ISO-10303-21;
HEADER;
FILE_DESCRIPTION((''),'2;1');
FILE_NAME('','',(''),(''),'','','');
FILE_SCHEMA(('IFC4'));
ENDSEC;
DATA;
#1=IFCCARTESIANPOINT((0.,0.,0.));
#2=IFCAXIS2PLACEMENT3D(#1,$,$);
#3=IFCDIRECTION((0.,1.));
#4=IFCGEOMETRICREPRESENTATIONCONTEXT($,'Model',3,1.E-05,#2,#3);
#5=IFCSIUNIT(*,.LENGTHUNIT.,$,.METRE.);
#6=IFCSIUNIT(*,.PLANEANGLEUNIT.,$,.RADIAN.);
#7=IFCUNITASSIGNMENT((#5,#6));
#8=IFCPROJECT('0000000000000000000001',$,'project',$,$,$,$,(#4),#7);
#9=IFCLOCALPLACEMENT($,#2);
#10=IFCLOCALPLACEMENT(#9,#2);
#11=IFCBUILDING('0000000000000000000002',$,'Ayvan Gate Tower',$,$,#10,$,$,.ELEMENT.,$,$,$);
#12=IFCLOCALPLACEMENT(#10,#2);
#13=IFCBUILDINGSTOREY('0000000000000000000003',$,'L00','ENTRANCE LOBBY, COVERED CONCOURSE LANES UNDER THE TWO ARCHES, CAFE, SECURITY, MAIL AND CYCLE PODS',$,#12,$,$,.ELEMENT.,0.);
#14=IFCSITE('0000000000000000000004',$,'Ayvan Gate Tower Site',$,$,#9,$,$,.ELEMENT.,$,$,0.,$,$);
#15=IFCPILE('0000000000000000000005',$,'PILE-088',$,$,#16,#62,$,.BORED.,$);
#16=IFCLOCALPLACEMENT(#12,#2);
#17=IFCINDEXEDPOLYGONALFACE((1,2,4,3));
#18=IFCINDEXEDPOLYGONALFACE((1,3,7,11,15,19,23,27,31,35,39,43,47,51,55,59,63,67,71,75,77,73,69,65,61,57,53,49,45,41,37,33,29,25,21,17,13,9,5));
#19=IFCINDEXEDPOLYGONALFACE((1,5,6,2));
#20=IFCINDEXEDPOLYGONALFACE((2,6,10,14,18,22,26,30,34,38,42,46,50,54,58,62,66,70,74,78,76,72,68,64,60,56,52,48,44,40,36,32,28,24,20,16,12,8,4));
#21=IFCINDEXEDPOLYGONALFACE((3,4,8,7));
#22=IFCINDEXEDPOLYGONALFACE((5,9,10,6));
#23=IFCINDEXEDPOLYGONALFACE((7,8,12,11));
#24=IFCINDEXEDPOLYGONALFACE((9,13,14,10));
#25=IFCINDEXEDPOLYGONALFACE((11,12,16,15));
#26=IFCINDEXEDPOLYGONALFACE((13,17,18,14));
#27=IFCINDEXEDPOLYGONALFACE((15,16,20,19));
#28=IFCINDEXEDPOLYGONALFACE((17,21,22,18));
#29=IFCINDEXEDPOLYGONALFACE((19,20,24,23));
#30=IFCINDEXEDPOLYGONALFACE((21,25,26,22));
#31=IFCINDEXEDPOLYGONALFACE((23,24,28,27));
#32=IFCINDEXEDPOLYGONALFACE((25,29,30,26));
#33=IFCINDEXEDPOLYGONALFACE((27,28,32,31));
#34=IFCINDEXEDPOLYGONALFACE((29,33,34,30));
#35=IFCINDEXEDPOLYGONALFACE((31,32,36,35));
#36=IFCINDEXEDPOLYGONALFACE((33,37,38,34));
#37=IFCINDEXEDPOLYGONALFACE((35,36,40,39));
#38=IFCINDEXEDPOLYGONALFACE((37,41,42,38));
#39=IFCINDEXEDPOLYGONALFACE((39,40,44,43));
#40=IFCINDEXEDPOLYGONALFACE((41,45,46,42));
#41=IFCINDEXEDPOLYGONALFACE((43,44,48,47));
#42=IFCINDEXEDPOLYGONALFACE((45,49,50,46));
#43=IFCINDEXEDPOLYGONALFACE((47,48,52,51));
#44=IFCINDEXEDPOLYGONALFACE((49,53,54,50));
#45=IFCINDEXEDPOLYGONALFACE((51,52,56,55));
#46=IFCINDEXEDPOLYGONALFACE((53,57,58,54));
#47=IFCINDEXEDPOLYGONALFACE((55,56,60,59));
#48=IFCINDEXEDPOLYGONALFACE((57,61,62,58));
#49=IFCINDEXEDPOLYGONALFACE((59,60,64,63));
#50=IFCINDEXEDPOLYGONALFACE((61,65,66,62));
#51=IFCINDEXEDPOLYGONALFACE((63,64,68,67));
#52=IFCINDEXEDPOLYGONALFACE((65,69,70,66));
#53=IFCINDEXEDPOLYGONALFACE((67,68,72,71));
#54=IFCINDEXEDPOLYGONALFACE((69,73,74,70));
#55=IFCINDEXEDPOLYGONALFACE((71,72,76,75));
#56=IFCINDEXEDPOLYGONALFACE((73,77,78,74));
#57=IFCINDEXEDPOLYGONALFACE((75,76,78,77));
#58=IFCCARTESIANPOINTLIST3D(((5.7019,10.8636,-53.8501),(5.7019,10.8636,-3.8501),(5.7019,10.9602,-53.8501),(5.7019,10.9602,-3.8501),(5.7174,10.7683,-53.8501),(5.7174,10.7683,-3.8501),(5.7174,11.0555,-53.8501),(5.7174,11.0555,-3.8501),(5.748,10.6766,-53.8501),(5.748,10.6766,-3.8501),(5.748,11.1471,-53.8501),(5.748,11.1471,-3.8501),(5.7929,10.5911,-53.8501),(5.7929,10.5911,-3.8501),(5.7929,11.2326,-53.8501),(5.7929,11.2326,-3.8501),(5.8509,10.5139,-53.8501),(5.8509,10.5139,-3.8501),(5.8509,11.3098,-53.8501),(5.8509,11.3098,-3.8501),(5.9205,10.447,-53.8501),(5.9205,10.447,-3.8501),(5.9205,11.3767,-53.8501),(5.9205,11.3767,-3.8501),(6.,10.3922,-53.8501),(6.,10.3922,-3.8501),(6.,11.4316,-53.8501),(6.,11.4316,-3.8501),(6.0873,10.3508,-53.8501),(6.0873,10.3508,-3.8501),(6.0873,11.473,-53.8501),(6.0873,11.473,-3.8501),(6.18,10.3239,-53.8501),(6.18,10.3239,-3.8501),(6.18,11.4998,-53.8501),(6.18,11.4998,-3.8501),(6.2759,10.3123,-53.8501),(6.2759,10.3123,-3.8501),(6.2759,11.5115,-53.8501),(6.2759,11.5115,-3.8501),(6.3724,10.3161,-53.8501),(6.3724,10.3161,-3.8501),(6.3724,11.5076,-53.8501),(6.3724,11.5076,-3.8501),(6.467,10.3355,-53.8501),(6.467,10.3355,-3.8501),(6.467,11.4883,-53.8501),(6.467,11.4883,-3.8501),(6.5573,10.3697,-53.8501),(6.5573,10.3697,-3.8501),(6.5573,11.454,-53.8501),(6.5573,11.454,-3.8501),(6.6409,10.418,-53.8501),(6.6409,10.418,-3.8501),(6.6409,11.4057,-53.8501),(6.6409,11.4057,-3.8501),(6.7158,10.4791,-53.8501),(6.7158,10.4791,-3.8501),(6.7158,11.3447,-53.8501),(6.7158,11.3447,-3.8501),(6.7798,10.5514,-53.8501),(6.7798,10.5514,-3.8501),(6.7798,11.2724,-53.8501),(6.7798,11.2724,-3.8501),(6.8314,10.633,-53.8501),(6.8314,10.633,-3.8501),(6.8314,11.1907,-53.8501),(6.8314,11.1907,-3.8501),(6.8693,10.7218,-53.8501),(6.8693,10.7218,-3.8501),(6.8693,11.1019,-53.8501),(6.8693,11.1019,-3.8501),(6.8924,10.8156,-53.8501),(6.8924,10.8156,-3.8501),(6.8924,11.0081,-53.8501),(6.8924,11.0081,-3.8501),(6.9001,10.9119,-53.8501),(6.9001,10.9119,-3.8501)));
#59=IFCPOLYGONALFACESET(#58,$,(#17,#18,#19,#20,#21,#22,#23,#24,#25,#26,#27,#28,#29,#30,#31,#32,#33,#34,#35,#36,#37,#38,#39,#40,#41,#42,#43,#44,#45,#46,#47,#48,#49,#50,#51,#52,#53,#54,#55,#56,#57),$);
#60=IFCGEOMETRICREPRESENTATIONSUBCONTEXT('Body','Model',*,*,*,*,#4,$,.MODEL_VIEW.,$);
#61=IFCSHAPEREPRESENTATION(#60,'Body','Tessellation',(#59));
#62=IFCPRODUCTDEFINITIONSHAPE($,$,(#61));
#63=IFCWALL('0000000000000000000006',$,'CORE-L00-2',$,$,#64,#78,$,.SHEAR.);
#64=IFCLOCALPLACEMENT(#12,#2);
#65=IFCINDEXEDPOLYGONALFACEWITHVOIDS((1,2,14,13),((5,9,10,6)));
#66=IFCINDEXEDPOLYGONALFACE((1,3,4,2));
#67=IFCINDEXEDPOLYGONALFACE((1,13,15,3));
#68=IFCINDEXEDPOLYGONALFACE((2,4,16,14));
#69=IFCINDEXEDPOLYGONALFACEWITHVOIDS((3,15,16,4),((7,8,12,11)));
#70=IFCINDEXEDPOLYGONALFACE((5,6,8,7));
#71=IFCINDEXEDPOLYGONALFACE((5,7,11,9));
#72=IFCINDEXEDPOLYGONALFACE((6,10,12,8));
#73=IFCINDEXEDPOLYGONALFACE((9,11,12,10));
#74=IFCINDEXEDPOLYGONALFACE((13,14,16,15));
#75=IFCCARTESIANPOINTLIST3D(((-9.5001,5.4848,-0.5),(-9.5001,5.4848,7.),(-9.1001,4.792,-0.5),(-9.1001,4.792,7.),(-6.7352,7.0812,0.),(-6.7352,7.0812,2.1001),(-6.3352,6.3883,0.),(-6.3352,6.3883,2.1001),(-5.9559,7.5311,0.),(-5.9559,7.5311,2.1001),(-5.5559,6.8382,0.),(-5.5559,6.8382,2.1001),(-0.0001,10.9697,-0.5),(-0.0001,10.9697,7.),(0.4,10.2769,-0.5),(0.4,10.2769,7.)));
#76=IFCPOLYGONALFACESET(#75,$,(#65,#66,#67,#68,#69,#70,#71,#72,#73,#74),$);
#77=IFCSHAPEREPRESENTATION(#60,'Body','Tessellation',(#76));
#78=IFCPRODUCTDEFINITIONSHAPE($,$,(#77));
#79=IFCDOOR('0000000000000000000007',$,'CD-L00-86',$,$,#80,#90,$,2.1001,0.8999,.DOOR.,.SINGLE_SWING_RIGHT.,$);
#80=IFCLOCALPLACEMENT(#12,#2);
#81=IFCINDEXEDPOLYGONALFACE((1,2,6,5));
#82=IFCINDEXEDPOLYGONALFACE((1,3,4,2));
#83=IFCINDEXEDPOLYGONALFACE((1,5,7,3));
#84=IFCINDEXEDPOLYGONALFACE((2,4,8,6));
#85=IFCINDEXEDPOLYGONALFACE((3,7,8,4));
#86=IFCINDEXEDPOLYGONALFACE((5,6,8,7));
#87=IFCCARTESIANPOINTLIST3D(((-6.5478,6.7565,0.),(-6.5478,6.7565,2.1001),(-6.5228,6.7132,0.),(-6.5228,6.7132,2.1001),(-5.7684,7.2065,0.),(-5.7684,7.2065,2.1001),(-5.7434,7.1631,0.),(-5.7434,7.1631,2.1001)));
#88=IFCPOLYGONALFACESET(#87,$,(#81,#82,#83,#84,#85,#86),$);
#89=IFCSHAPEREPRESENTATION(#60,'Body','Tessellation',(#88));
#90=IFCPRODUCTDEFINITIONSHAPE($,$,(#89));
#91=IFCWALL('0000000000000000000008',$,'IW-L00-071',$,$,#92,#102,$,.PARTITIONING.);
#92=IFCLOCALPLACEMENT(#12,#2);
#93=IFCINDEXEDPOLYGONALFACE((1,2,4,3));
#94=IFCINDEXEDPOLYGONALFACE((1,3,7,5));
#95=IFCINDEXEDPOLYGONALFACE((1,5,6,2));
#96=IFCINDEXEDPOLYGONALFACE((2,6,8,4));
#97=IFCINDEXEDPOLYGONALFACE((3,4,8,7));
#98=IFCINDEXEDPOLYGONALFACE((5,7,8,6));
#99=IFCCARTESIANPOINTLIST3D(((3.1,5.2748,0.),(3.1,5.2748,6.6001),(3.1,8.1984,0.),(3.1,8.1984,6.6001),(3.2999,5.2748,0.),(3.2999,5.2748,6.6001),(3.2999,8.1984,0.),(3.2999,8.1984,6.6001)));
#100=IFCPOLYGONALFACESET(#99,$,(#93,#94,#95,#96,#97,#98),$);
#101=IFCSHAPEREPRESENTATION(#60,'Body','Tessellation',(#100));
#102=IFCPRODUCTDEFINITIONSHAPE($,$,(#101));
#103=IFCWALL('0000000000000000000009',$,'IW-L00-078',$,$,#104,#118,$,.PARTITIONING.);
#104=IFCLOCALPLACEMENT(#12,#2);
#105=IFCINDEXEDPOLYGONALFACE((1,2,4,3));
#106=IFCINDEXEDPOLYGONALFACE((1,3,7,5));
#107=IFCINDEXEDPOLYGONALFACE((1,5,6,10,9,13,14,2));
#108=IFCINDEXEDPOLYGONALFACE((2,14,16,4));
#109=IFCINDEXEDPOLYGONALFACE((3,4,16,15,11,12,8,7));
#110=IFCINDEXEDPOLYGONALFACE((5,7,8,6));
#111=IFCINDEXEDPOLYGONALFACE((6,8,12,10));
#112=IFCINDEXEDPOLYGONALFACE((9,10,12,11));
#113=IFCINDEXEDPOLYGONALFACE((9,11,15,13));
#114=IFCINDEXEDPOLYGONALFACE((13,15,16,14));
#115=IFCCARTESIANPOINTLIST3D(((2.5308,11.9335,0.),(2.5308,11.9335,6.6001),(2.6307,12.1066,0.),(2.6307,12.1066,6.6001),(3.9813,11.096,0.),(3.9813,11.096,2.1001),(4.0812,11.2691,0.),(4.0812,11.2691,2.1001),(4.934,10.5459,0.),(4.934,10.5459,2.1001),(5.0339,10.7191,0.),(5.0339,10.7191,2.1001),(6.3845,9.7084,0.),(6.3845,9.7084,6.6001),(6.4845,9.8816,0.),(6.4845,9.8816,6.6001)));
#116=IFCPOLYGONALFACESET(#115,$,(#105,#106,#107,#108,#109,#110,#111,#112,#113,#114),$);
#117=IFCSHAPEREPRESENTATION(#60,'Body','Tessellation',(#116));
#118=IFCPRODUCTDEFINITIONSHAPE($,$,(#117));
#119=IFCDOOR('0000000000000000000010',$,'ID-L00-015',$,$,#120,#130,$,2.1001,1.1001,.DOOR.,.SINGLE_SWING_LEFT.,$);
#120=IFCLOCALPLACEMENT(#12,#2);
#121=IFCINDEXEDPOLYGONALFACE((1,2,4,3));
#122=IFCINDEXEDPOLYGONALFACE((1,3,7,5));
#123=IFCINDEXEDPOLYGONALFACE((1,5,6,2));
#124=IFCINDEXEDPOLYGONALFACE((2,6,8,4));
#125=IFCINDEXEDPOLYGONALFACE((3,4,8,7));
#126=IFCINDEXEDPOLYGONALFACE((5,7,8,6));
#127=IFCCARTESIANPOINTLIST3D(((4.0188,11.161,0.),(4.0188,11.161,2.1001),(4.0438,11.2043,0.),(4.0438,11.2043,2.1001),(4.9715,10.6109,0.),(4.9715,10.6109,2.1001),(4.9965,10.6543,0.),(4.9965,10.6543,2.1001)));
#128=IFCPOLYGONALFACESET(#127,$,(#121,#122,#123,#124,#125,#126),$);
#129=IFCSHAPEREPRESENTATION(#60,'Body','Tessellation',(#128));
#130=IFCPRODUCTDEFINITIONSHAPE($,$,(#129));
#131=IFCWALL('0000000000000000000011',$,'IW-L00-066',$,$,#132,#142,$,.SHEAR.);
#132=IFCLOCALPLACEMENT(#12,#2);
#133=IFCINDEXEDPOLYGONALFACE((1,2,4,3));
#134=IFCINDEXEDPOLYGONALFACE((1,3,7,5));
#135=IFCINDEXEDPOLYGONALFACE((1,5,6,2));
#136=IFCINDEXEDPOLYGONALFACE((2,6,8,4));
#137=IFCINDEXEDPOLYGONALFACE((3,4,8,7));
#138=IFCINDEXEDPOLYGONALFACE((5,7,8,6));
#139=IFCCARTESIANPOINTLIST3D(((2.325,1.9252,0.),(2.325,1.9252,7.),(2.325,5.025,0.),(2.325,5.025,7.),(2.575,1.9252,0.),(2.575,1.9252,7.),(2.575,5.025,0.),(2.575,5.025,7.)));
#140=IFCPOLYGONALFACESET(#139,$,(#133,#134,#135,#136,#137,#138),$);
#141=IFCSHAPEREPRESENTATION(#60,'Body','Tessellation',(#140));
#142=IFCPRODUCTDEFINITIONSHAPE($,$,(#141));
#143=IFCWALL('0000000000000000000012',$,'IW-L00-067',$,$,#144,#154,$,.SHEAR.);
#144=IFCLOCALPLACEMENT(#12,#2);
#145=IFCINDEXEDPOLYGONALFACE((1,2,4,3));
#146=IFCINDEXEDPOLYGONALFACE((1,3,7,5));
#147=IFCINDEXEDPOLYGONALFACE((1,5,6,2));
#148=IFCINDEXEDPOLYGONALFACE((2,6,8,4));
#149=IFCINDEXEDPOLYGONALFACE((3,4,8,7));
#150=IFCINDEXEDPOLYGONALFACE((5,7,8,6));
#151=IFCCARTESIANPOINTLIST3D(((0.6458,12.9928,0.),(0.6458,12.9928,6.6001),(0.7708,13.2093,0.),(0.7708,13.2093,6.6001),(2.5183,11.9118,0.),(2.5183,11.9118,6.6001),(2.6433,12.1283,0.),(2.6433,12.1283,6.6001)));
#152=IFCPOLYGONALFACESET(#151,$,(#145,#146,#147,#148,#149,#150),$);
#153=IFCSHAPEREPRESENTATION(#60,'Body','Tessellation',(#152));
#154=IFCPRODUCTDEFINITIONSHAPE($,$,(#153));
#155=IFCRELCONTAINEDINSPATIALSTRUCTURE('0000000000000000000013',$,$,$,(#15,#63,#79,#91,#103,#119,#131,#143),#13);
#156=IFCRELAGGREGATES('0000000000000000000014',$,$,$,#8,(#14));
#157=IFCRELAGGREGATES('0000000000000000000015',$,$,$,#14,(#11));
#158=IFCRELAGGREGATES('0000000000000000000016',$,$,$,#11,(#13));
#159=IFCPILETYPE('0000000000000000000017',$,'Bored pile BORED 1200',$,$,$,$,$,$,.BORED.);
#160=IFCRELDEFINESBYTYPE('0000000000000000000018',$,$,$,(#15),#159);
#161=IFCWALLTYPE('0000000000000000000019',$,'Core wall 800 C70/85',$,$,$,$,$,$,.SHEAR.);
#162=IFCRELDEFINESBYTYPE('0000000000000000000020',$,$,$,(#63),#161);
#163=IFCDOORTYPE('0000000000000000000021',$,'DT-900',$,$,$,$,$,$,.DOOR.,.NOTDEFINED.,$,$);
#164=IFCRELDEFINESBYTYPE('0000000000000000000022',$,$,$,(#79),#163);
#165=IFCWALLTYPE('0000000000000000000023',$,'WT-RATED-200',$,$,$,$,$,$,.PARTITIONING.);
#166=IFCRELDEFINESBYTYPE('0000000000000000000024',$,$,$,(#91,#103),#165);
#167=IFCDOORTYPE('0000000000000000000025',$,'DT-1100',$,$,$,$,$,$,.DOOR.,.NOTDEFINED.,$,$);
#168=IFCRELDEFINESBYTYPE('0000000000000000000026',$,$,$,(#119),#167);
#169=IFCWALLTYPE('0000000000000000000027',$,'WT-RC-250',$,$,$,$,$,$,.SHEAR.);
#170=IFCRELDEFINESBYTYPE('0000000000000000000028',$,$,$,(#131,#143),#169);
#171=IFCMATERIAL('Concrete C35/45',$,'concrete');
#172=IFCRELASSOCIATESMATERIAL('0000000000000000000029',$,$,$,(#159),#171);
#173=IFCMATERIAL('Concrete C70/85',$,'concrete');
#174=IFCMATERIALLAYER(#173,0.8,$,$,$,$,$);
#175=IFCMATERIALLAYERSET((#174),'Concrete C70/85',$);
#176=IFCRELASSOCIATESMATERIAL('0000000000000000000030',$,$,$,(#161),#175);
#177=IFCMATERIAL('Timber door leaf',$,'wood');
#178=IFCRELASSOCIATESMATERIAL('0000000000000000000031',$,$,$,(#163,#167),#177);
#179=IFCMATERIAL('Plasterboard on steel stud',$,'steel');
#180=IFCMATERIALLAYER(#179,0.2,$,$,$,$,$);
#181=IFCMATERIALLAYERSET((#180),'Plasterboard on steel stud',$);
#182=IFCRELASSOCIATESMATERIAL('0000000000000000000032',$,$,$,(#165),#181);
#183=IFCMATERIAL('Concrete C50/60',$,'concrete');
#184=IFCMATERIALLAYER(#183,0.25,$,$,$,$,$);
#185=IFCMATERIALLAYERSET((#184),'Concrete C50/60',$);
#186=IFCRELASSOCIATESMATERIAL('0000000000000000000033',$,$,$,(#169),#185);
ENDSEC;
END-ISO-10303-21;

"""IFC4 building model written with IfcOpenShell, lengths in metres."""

from ifc_helpers import new_model, si_unit, direction, frame, frame_2d, origin, origin_2d, place, context, subcontext, project, spatial, rectangle, circle, extrude, material, layer, layer_set, material_profile, profile_set, type_object, element, fill, save


model = new_model("IFC4")

# Units and contexts
model_context = context("Model", 3, precision=1e-05, world=origin(), true_north=direction((0.0, 1.0)))
body_context = subcontext(model_context, "Body", "Model", "MODEL_VIEW")
ifc_project = project(units=[si_unit("LENGTHUNIT", "METRE"), si_unit("PLANEANGLEUNIT", "RADIAN")], contexts=[model_context])

# Site, building, storey
site_placement = place(None, origin())
site = spatial("IfcSite", under=ifc_project, at=site_placement, Name="Ayvan Gate Tower Site", CompositionType="ELEMENT", RefElevation=0.0)
building_placement = place(site_placement, origin())
building = spatial("IfcBuilding", under=site, at=building_placement, Name="Ayvan Gate Tower", CompositionType="ELEMENT")
storey_placement = place(building_placement, origin())
storey = spatial("IfcBuildingStorey", under=building, at=storey_placement, Name="L00", Description="ENTRANCE LOBBY, COVERED CONCOURSE LANES UNDER THE TWO ARCHES, CAFE, SECURITY, MAIL AND CYCLE PODS", CompositionType="ELEMENT", Elevation=0.0)

# Pile
ifc_material_1 = material(Name="Concrete C35/45", Category="concrete")
ifc_material_profile = material_profile(ifc_material_1, circle(Radius=0.6001, at=origin_2d()), Name="BORED 1200")
ifc_profile_set = profile_set([ifc_material_profile], Name="Concrete C35/45")
pile_type = type_object("IfcPileType", Name="Bored pile BORED 1200", PredefinedType="BORED", material=ifc_profile_set)
for number, where, z_axis, x_axis, name in (
    (1, (6.3, 10.9119, -3.8501), (0.0, 0.0, -1.0), (1.0, 0.0, 0.0), "PILE-088"),
):
    element("IfcPile", number, at=place(storey_placement, frame(where, z_axis=z_axis, x_axis=x_axis)), inside=storey, type_object=pile_type, Name=name, PredefinedType="BORED", context=body_context, shape_type="SweptSolid", body=[
        extrude(circle(Radius=0.6001, at=origin_2d()), origin(), (0.0, 0.0, 1.0), 50.0),
    ])

# Wall, opening, door
ifc_material_2 = material(Name="Concrete C70/85", Category="concrete")
ifc_layer_1 = layer(ifc_material_2, 0.8)
ifc_layer_set_1 = layer_set([ifc_layer_1], Name="Concrete C70/85")
wall_type_1 = type_object("IfcWallType", Name="Core wall 800 C70/85", PredefinedType="SHEAR", material=ifc_layer_set_1)
wall_1_placement = place(storey_placement, frame((0.2, 10.6233, -0.5), z_axis=(0.0, 0.0, 1.0), x_axis=(-0.866024, -0.500002, 0.0)))
wall_1 = element("IfcWall", 2, at=wall_1_placement, inside=storey, type_object=wall_type_1, Name="CORE-L00-2", PredefinedType="SHEAR", context=body_context, shape_type="SweptSolid", body=[
    extrude(rectangle(XDim=10.9697, YDim=0.8, at=frame_2d((5.4849, 0.0))), origin(), (0.0, 0.0, 1.0), 7.5),
])
opening_1_placement = place(wall_1_placement, frame((6.8772, 0.0, 0.5)))
opening_1 = element("IfcOpeningElement", 3, at=opening_1_placement, cuts=wall_1, PredefinedType="OPENING", context=body_context, shape_type="SweptSolid", body=[
    extrude(rectangle(XDim=0.8999, YDim=2.1001, at=frame_2d((0.45, 1.05))), frame((0.0, 0.4099, 0.0), z_axis=(0.0, -1.0, 0.0), x_axis=(1.0, 0.0, 0.0)), (0.0, 0.0, 1.0), 0.8201),
])
ifc_material_3 = material(Name="Timber door leaf", Category="wood")
door_type_1 = type_object("IfcDoorType", Name="DT-900", OperationType="NOTDEFINED", PredefinedType="DOOR", material=ifc_material_3)
door_1_placement = place(opening_1_placement, origin())
door_1 = element("IfcDoor", 4, at=door_1_placement, inside=storey, type_object=door_type_1, Name="CD-L00-86", OperationType="SINGLE_SWING_RIGHT", OverallHeight=2.1001, OverallWidth=0.8999, PredefinedType="DOOR", context=body_context, shape_type="SweptSolid", body=[
    extrude(rectangle(XDim=0.8999, YDim=2.1001, at=frame_2d((0.45, 1.05))), frame((0.0, 0.0249, 0.0), z_axis=(0.0, -1.0, 0.0), x_axis=(1.0, 0.0, 0.0)), (0.0, 0.0, 1.0), 0.05),
])
fill(opening_1, door_1)

# Wall
ifc_material_4 = material(Name="Plasterboard on steel stud", Category="steel")
ifc_layer_2 = layer(ifc_material_4, 0.2)
ifc_layer_set_2 = layer_set([ifc_layer_2], Name="Plasterboard on steel stud")
wall_type_2 = type_object("IfcWallType", Name="WT-RATED-200", PredefinedType="PARTITIONING", material=ifc_layer_set_2)
wall_2_placement = place(storey_placement, frame((3.2, 8.1985, 0.0), z_axis=(0.0, 0.0, 1.0), x_axis=(0.0, -1.0, 0.0)))
element("IfcWall", 5, at=wall_2_placement, inside=storey, type_object=wall_type_2, Name="IW-L00-071", PredefinedType="PARTITIONING", context=body_context, shape_type="SweptSolid", body=[
    extrude(rectangle(XDim=2.9236, YDim=0.2, at=frame_2d((1.4619, 0.0))), origin(), (0.0, 0.0, 1.0), 6.6001),
])

# Wall, opening, door
wall_3_placement = place(storey_placement, frame((6.4346, 9.7949, 0.0), z_axis=(0.0, 0.0, 1.0), x_axis=(-0.866013, 0.500022, 0.0)))
wall_3 = element("IfcWall", 6, at=wall_3_placement, inside=storey, type_object=wall_type_2, Name="IW-L00-078", PredefinedType="PARTITIONING", context=body_context, shape_type="SweptSolid", body=[
    extrude(rectangle(XDim=4.45, YDim=0.2, at=frame_2d((2.2251, 0.0))), origin(), (0.0, 0.0, 1.0), 6.6001),
])
opening_2_placement = place(wall_3_placement, frame((1.675, 0.0, 0.0)))
opening_2 = element("IfcOpeningElement", 7, at=opening_2_placement, cuts=wall_3, PredefinedType="OPENING", context=body_context, shape_type="SweptSolid", body=[
    extrude(rectangle(XDim=1.1001, YDim=2.1001, at=frame_2d((0.55, 1.05))), frame((0.0, 0.1099, 0.0), z_axis=(0.0, -1.0, 0.0), x_axis=(1.0, 0.0, 0.0)), (0.0, 0.0, 1.0), 0.22),
])
door_type_2 = type_object("IfcDoorType", Name="DT-1100", OperationType="NOTDEFINED", PredefinedType="DOOR", material=ifc_material_3)
door_2_placement = place(opening_2_placement, origin())
door_2 = element("IfcDoor", 8, at=door_2_placement, inside=storey, type_object=door_type_2, Name="ID-L00-015", OperationType="SINGLE_SWING_LEFT", OverallHeight=2.1001, OverallWidth=1.1001, PredefinedType="DOOR", context=body_context, shape_type="SweptSolid", body=[
    extrude(rectangle(XDim=1.1001, YDim=2.1001, at=frame_2d((0.55, 1.05))), frame((0.0, 0.0249, 0.0), z_axis=(0.0, -1.0, 0.0), x_axis=(1.0, 0.0, 0.0)), (0.0, 0.0, 1.0), 0.05),
])
fill(opening_2, door_2)

# Walls
ifc_material_5 = material(Name="Concrete C50/60", Category="concrete")
ifc_layer_3 = layer(ifc_material_5, 0.25)
ifc_layer_set_3 = layer_set([ifc_layer_3], Name="Concrete C50/60")
wall_type_3 = type_object("IfcWallType", Name="WT-RC-250", PredefinedType="SHEAR", material=ifc_layer_set_3)
wall_4_placement = place(storey_placement, frame((2.45, 5.0249, 0.0), z_axis=(0.0, 0.0, 1.0), x_axis=(0.0, -1.0, 0.0)))
element("IfcWall", 9, at=wall_4_placement, inside=storey, type_object=wall_type_3, Name="IW-L00-066", PredefinedType="SHEAR", context=body_context, shape_type="SweptSolid", body=[
    extrude(rectangle(XDim=3.0999, YDim=0.25, at=frame_2d((1.5498, 0.0))), origin(), (0.0, 0.0, 1.0), 7.0),
])
wall_5_placement = place(storey_placement, frame((2.5808, 12.02, 0.0), z_axis=(0.0, 0.0, 1.0), x_axis=(-0.866039, 0.499977, 0.0)))
element("IfcWall", 10, at=wall_5_placement, inside=storey, type_object=wall_type_3, Name="IW-L00-067", PredefinedType="SHEAR", context=body_context, shape_type="SweptSolid", body=[
    extrude(rectangle(XDim=2.1621, YDim=0.25, at=frame_2d((1.0811, 0.0))), origin(), (0.0, 0.0, 1.0), 6.6001),
])

save(model, "model.ifc")
